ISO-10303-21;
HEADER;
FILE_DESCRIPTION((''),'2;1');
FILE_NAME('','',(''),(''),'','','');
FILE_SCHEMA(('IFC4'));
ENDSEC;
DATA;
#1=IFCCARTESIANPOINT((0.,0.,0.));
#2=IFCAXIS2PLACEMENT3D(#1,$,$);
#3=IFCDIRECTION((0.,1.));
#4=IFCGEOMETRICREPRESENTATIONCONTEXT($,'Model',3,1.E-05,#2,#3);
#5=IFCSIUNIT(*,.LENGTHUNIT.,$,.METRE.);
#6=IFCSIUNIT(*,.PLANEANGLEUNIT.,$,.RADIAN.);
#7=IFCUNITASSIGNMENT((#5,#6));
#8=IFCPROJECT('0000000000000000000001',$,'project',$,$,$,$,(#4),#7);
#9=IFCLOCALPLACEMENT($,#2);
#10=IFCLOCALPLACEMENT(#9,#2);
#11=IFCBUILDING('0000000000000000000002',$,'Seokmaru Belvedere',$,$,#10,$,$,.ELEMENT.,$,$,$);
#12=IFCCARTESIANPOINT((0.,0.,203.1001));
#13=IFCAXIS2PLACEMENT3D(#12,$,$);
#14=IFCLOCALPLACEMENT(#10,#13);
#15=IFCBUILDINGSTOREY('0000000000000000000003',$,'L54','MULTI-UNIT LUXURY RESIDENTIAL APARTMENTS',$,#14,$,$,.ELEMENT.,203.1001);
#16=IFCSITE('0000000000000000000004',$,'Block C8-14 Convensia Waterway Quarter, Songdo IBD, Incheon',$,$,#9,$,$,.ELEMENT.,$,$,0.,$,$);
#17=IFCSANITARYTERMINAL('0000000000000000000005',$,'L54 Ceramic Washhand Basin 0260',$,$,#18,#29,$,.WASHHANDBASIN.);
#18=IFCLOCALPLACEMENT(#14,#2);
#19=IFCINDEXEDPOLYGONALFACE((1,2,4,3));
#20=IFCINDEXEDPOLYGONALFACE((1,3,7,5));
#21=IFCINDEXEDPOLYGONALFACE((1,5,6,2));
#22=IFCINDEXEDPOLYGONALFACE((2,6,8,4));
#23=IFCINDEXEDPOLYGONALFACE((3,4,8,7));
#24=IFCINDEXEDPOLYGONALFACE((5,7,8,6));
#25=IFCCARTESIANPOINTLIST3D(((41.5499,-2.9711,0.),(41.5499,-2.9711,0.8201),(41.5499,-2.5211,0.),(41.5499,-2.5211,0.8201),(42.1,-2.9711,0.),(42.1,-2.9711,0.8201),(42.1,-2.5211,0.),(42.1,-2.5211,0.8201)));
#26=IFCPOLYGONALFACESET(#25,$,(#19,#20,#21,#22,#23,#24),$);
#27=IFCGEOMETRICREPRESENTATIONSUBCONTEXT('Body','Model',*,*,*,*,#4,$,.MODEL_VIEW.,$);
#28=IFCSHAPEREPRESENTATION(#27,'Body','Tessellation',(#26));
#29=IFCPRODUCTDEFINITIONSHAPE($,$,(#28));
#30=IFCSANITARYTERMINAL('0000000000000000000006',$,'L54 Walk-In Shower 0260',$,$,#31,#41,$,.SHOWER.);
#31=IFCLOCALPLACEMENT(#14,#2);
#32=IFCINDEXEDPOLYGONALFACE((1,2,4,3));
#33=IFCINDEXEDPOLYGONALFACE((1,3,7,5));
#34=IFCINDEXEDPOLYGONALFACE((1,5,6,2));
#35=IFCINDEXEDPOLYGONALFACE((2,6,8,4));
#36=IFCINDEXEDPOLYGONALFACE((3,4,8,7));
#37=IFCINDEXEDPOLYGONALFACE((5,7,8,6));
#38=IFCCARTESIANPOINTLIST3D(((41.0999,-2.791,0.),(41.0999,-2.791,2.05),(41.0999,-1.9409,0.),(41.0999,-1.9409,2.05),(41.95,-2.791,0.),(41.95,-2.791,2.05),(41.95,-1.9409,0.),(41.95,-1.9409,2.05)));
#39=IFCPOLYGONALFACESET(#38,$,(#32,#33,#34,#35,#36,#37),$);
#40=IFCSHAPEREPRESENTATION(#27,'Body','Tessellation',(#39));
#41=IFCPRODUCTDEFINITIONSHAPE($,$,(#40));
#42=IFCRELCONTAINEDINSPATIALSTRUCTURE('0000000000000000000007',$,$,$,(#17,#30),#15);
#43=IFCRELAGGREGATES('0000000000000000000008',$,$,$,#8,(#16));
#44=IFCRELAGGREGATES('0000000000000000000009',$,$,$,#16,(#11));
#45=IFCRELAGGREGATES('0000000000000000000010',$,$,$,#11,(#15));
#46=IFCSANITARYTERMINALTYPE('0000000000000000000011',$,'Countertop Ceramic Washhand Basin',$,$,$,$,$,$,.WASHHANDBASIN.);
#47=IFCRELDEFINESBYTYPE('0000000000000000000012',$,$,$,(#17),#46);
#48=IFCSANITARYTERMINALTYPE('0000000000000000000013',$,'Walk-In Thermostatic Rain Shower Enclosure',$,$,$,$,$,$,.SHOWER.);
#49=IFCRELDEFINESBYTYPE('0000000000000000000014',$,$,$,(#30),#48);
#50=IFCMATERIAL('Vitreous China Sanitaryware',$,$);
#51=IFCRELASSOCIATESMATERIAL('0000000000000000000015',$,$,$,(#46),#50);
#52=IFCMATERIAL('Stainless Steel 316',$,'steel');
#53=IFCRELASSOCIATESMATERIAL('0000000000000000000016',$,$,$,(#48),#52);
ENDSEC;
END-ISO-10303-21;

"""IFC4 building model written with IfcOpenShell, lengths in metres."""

from ifc_helpers import new_model, si_unit, direction, frame, origin, origin_2d, place, context, subcontext, project, spatial, rectangle, extrude, source, transform, mapped, material, type_object, type_shapes, element, save


model = new_model("IFC4")

# Units and contexts
model_context = context("Model", 3, precision=1e-05, world=origin(), true_north=direction((0.0, 1.0)))
body_context = subcontext(model_context, "Body", "Model", "MODEL_VIEW")
ifc_project = project(units=[si_unit("LENGTHUNIT", "METRE"), si_unit("PLANEANGLEUNIT", "RADIAN")], contexts=[model_context])

# Site, building, storey
site_placement = place(None, origin())
site = spatial("IfcSite", under=ifc_project, at=site_placement, Name="Block C8-14 Convensia Waterway Quarter, Songdo IBD, Incheon", CompositionType="ELEMENT", RefElevation=0.0)
building_placement = place(site_placement, origin())
building = spatial("IfcBuilding", under=site, at=building_placement, Name="Seokmaru Belvedere", CompositionType="ELEMENT")
storey_placement = place(building_placement, frame((0.0, 0.0, 203.1001)))
storey = spatial("IfcBuildingStorey", under=building, at=storey_placement, Name="L54", Description="MULTI-UNIT LUXURY RESIDENTIAL APARTMENTS", CompositionType="ELEMENT", Elevation=203.1001)

# Sanitary terminals
ifc_material_1 = material(Name="Vitreous China Sanitaryware")
sanitary_terminal_type_1 = type_object("IfcSanitaryTerminalType", Name="Countertop Ceramic Washhand Basin", PredefinedType="WASHHANDBASIN", material=ifc_material_1)
shared_shape_1 = source(origin(), body_context, "Body", "SweptSolid", [
    extrude(rectangle(XDim=0.55, YDim=0.45, at=origin_2d()), origin(), (0.0, 0.0, 1.0), 0.8201),
])
type_shapes(sanitary_terminal_type_1, [shared_shape_1])
sanitary_terminal_1_placement = place(storey_placement, frame((41.825, -2.7461, 0.0), z_axis=(0.0, 0.0, 1.0), x_axis=(1.0, 0.0, 0.0)))
element("IfcSanitaryTerminal", 1, at=sanitary_terminal_1_placement, inside=storey, type_object=sanitary_terminal_type_1, Name="L54 Ceramic Washhand Basin 0260", PredefinedType="WASHHANDBASIN", context=body_context, shape_type="MappedRepresentation", body=[
    mapped(shared_shape_1, transform((0.0, 0.0, 0.0), scale=1.0)),
])
ifc_material_2 = material(Name="Stainless Steel 316", Category="steel")
sanitary_terminal_type_2 = type_object("IfcSanitaryTerminalType", Name="Walk-In Thermostatic Rain Shower Enclosure", PredefinedType="SHOWER", material=ifc_material_2)
shared_shape_2 = source(origin(), body_context, "Body", "SweptSolid", [
    extrude(rectangle(XDim=0.8501, YDim=0.8501, at=origin_2d()), origin(), (0.0, 0.0, 1.0), 2.05),
])
type_shapes(sanitary_terminal_type_2, [shared_shape_2])
sanitary_terminal_2_placement = place(storey_placement, frame((41.5249, -2.366, 0.0), z_axis=(0.0, 0.0, 1.0), x_axis=(1.0, 0.0, 0.0)))
element("IfcSanitaryTerminal", 2, at=sanitary_terminal_2_placement, inside=storey, type_object=sanitary_terminal_type_2, Name="L54 Walk-In Shower 0260", PredefinedType="SHOWER", context=body_context, shape_type="MappedRepresentation", body=[
    mapped(shared_shape_2, transform((0.0, 0.0, 0.0), scale=1.0)),
])

save(model, "model.ifc")
